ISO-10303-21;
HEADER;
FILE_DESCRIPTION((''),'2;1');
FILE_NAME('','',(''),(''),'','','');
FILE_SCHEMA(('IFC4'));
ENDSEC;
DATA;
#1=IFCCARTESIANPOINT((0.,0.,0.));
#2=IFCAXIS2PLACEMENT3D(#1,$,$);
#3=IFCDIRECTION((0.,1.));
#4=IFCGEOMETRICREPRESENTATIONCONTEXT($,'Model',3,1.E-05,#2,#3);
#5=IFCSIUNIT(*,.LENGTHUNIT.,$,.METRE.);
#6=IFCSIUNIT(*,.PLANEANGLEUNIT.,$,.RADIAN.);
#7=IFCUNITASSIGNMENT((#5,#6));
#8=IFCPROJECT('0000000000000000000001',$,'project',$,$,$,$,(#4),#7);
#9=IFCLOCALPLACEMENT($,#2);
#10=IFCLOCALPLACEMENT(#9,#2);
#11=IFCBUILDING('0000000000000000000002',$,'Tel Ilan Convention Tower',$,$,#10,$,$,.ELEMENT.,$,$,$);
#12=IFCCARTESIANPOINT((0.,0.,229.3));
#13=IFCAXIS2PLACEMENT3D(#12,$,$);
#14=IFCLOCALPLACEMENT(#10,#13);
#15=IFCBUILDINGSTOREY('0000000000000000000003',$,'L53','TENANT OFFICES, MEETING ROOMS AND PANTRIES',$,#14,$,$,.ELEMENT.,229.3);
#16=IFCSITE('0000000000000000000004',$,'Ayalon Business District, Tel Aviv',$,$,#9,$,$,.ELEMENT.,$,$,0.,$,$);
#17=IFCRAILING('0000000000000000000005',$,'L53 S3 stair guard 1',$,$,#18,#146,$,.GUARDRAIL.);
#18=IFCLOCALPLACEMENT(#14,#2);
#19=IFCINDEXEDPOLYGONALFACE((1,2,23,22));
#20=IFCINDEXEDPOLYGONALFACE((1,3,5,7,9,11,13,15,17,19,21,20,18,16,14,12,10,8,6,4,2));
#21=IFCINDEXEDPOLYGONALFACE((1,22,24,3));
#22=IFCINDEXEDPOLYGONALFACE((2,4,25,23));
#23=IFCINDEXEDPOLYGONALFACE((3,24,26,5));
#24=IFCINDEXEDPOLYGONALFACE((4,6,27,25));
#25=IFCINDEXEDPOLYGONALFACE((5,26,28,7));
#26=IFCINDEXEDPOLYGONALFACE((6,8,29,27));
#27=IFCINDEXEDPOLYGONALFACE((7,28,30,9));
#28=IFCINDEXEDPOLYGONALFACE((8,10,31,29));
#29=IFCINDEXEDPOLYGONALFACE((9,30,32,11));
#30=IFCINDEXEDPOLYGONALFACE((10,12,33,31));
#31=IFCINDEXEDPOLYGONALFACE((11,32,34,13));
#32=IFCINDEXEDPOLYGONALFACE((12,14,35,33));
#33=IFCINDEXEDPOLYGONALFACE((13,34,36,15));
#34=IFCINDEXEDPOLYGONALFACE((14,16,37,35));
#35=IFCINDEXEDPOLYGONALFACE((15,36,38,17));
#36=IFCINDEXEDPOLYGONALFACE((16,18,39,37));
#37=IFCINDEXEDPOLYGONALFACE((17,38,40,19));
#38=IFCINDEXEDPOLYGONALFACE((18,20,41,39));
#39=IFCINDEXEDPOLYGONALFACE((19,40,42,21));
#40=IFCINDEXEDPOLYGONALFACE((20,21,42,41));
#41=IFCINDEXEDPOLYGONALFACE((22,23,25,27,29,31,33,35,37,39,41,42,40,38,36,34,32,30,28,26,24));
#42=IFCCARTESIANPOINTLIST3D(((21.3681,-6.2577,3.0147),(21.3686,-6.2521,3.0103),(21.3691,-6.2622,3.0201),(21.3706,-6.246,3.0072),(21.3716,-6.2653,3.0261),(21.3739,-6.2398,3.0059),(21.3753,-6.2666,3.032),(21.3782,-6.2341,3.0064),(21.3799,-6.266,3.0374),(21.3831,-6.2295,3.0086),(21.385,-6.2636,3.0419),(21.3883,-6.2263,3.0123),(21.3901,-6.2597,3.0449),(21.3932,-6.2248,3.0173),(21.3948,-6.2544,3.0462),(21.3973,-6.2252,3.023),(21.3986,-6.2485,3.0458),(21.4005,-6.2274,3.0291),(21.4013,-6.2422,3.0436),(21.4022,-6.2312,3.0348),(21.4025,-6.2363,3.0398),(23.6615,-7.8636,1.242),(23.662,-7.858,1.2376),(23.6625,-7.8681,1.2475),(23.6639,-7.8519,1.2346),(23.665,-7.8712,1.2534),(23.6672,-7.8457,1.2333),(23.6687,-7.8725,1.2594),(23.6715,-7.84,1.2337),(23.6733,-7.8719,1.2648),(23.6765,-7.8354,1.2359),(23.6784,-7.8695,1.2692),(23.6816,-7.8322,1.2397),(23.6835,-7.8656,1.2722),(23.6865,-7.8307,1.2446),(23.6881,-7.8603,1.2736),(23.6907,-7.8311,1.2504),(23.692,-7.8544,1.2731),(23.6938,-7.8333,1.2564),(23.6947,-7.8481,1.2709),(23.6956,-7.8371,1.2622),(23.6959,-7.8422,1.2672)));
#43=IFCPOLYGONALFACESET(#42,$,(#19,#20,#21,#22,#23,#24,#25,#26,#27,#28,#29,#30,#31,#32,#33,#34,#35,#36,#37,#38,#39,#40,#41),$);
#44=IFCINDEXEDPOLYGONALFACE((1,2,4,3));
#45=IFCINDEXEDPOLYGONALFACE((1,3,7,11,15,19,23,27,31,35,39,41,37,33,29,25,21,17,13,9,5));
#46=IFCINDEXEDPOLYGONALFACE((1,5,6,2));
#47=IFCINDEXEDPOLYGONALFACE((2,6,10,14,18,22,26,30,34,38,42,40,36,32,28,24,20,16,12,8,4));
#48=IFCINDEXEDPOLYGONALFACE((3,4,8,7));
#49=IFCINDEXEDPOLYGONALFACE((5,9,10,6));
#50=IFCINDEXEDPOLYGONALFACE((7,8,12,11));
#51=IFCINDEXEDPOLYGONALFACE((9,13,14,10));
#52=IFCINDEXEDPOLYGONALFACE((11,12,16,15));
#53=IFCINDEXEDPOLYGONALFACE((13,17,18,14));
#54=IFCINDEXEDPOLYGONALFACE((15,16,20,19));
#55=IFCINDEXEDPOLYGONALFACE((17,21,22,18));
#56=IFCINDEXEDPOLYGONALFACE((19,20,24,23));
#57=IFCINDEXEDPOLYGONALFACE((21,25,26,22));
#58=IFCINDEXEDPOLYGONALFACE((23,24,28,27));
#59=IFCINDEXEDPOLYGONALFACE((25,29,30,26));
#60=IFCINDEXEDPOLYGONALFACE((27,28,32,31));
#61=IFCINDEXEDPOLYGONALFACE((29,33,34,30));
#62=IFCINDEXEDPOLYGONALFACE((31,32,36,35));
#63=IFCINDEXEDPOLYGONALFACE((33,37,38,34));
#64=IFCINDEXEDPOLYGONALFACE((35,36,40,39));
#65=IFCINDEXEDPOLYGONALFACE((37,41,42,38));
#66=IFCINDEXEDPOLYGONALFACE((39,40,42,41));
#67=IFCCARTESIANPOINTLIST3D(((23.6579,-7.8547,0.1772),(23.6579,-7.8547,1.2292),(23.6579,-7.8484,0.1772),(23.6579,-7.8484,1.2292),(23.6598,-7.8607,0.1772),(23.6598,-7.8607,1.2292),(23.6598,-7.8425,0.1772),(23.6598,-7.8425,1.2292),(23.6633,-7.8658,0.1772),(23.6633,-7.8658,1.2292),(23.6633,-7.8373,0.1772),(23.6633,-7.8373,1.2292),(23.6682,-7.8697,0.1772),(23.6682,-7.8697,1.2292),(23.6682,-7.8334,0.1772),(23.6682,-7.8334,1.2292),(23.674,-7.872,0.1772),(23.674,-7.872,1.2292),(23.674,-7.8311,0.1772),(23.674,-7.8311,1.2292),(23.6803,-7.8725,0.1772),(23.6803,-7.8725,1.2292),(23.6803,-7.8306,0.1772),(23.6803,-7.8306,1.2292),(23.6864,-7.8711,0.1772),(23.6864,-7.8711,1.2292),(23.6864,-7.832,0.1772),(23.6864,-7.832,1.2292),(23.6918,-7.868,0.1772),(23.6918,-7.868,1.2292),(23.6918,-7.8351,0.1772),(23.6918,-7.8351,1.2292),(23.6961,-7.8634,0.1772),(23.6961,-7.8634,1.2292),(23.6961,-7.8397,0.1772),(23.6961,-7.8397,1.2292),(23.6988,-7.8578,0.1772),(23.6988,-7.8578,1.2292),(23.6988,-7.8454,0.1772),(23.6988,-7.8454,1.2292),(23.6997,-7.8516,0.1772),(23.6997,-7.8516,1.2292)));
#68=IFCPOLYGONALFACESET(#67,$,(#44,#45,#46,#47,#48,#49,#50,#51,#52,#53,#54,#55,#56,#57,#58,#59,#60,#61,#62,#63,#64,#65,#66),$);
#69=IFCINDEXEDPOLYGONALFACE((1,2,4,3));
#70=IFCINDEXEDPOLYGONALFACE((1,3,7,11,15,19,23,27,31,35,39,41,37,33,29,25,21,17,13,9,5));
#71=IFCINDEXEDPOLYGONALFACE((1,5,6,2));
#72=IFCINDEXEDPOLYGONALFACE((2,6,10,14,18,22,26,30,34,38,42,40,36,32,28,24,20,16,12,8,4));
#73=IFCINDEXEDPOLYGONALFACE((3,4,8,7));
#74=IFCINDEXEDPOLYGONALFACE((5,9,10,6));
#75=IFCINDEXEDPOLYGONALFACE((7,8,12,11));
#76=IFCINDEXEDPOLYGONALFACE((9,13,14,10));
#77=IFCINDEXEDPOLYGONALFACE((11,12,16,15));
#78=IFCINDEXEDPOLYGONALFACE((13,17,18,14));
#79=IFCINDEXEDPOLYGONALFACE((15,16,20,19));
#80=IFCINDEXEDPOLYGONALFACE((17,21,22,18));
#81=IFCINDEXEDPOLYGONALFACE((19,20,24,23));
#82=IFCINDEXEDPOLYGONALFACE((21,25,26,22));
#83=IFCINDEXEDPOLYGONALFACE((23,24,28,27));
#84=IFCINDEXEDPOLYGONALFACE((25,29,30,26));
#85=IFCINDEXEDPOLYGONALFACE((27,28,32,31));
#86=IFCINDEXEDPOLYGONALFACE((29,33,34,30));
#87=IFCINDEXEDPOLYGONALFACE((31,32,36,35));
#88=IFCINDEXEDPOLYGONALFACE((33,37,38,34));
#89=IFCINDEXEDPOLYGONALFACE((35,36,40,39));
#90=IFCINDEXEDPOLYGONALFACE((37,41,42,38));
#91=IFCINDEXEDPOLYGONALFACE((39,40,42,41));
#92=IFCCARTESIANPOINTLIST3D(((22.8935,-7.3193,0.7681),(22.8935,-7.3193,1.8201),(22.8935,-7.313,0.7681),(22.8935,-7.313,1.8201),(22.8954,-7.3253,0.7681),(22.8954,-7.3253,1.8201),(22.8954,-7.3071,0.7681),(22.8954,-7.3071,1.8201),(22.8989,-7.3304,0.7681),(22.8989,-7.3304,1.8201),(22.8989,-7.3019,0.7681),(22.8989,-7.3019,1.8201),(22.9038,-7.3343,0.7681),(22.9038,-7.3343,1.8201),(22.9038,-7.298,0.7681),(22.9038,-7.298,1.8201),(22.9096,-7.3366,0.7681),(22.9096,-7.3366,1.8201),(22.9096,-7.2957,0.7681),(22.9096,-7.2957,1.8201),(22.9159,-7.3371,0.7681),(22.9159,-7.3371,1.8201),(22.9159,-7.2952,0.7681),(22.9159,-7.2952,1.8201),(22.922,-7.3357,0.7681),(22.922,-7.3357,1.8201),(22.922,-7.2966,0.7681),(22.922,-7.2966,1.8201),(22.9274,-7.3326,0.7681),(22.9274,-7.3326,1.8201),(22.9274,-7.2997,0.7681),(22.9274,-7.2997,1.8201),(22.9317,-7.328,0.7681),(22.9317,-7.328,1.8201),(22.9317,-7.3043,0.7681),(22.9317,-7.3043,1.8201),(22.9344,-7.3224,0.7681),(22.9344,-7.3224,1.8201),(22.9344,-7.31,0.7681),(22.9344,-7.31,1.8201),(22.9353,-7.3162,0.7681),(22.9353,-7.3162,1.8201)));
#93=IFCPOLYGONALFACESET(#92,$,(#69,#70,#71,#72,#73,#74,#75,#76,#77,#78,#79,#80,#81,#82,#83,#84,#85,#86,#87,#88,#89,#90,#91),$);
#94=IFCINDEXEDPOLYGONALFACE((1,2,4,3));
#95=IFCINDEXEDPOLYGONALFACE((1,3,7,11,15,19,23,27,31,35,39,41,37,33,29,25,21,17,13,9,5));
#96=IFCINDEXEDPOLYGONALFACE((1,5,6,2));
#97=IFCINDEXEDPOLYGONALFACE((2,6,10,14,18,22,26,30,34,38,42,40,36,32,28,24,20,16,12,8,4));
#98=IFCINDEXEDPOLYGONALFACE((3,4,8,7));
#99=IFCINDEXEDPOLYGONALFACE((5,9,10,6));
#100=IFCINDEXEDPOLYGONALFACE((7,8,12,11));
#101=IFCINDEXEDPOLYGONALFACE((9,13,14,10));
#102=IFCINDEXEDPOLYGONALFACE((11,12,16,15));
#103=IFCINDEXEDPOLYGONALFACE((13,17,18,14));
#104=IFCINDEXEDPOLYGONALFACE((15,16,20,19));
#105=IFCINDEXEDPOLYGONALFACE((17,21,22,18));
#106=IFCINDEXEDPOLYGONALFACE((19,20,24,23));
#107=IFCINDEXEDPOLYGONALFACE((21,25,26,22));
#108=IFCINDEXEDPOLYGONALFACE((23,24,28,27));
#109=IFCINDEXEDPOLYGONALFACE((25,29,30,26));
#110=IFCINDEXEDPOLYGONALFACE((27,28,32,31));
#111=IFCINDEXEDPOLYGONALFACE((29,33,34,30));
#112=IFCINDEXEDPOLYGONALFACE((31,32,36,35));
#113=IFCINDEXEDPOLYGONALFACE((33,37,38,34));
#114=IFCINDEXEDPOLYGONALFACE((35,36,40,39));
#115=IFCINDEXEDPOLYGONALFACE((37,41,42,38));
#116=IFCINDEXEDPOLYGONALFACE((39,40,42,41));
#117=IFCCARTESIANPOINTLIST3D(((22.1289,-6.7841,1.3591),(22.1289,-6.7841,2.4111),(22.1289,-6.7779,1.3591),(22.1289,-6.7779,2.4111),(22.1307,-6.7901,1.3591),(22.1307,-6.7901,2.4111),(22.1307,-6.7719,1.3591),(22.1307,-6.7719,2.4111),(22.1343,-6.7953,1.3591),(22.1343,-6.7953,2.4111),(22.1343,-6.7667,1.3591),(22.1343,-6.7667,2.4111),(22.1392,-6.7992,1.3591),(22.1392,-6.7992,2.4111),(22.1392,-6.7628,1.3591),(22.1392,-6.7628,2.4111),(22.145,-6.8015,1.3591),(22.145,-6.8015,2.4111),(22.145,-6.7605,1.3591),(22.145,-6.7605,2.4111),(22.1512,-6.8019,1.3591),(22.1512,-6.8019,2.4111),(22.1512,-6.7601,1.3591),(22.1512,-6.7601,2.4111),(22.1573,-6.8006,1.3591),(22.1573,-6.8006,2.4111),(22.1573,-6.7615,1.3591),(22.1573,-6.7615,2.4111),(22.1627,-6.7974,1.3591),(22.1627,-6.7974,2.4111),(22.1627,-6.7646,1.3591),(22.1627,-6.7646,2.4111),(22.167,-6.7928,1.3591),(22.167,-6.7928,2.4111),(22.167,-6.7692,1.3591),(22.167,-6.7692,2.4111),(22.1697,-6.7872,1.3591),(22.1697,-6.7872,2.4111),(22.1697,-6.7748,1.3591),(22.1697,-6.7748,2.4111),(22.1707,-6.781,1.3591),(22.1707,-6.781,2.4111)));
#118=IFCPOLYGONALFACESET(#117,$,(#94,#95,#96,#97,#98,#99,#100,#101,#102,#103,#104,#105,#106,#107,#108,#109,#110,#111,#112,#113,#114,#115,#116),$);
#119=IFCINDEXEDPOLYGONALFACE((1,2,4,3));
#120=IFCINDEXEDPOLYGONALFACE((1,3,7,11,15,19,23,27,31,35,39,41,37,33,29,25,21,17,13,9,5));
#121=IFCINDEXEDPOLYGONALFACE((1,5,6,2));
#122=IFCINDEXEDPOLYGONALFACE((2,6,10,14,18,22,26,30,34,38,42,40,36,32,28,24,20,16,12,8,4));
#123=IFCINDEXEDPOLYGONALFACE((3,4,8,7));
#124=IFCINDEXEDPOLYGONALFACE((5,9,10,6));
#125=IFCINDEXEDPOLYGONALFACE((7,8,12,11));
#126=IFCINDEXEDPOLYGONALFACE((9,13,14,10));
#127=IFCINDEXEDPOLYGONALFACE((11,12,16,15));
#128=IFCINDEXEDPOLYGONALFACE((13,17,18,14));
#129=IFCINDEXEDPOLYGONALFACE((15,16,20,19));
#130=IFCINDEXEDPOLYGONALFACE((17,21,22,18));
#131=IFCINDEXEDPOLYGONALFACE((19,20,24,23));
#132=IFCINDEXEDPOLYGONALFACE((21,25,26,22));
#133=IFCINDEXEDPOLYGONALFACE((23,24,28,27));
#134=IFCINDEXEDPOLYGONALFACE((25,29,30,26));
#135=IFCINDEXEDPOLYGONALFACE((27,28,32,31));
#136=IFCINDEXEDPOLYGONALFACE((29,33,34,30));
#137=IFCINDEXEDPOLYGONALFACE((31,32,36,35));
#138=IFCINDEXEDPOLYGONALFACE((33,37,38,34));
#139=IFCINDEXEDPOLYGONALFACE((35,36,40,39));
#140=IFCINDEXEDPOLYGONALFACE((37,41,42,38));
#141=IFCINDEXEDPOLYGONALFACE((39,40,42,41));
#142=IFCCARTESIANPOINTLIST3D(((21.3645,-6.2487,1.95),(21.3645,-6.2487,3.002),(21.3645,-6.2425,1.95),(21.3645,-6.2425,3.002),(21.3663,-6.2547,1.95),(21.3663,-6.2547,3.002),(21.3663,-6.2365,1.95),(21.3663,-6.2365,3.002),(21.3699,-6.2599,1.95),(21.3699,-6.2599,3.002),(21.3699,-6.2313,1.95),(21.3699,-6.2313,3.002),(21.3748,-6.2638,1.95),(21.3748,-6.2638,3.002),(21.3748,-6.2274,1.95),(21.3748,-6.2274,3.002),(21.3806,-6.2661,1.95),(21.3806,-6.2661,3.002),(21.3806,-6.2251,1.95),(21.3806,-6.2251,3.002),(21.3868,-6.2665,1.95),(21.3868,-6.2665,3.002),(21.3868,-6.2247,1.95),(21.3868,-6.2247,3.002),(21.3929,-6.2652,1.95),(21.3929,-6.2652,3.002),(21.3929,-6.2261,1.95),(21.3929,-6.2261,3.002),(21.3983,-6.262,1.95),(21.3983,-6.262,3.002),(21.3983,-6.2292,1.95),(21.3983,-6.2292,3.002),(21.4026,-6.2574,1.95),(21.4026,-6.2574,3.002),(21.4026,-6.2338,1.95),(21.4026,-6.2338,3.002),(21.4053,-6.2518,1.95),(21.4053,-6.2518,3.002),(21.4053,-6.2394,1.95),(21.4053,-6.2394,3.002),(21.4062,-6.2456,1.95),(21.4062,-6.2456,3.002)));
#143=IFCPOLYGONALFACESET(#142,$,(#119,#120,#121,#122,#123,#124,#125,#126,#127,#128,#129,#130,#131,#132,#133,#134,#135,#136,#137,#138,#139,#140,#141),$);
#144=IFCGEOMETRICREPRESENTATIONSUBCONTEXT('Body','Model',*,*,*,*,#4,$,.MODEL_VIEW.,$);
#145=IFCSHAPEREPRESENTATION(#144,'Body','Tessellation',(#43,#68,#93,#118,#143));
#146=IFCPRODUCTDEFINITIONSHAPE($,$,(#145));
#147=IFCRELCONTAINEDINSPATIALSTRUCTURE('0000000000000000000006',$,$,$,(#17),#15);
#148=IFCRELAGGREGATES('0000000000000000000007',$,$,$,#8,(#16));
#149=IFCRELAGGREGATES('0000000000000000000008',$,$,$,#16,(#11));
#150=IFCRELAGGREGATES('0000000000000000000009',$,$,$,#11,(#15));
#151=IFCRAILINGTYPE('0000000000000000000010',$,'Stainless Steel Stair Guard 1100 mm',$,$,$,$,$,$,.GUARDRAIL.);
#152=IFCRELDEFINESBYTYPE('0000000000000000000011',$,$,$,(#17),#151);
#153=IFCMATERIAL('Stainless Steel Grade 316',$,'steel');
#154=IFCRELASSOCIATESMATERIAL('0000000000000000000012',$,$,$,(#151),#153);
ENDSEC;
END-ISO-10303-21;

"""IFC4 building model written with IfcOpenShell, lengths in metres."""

from ifc_helpers import new_model, si_unit, direction, frame, origin, origin_2d, place, context, subcontext, project, spatial, circle, extrude, material, type_object, element, save


model = new_model("IFC4")

# Units and contexts
model_context = context("Model", 3, precision=1e-05, world=origin(), true_north=direction((0.0, 1.0)))
body_context = subcontext(model_context, "Body", "Model", "MODEL_VIEW")
ifc_project = project(units=[si_unit("LENGTHUNIT", "METRE"), si_unit("PLANEANGLEUNIT", "RADIAN")], contexts=[model_context])

# Site, building, storey
site_placement = place(None, origin())
site = spatial("IfcSite", under=ifc_project, at=site_placement, Name="Ayalon Business District, Tel Aviv", CompositionType="ELEMENT", RefElevation=0.0)
building_placement = place(site_placement, origin())
building = spatial("IfcBuilding", under=site, at=building_placement, Name="Tel Ilan Convention Tower", CompositionType="ELEMENT")
storey_placement = place(building_placement, frame((0.0, 0.0, 229.3)))
storey = spatial("IfcBuildingStorey", under=building, at=storey_placement, Name="L53", Description="TENANT OFFICES, MEETING ROOMS AND PANTRIES", CompositionType="ELEMENT", Elevation=229.3)

# Railing
ifc_material_1 = material(Name="Stainless Steel Grade 316", Category="steel")
railing_type_1 = type_object("IfcRailingType", Name="Stainless Steel Stair Guard 1100 mm", PredefinedType="GUARDRAIL", material=ifc_material_1)
railing_1_placement = place(storey_placement, frame((23.6787, -7.8516, 0.1772)))
element("IfcRailing", 1, at=railing_1_placement, inside=storey, type_object=railing_type_1, Name="L53 S3 stair guard 1", PredefinedType="GUARDRAIL", context=body_context, shape_type="SweptSolid", body=[
    extrude(circle(Radius=0.0239, at=origin_2d()), frame((0.0, 0.0, 1.0762), z_axis=(-0.692085, 0.484621, 0.53494), x_axis=(-0.573591, -0.819142, 0.0)), (0.0, 0.0, 1.0), 3.3137),
    extrude(circle(Radius=0.021, at=origin_2d()), origin(), (0.0, 0.0, 1.0), 1.052),
    extrude(circle(Radius=0.021, at=origin_2d()), frame((-0.7644, 0.5354, 0.5908)), (0.0, 0.0, 1.0), 1.052),
    extrude(circle(Radius=0.021, at=origin_2d()), frame((-1.5291, 1.0706, 1.1819)), (0.0, 0.0, 1.0), 1.052),
    extrude(circle(Radius=0.021, at=origin_2d()), frame((-2.2935, 1.606, 1.7727)), (0.0, 0.0, 1.0), 1.052),
])

save(model, "model.ifc")
